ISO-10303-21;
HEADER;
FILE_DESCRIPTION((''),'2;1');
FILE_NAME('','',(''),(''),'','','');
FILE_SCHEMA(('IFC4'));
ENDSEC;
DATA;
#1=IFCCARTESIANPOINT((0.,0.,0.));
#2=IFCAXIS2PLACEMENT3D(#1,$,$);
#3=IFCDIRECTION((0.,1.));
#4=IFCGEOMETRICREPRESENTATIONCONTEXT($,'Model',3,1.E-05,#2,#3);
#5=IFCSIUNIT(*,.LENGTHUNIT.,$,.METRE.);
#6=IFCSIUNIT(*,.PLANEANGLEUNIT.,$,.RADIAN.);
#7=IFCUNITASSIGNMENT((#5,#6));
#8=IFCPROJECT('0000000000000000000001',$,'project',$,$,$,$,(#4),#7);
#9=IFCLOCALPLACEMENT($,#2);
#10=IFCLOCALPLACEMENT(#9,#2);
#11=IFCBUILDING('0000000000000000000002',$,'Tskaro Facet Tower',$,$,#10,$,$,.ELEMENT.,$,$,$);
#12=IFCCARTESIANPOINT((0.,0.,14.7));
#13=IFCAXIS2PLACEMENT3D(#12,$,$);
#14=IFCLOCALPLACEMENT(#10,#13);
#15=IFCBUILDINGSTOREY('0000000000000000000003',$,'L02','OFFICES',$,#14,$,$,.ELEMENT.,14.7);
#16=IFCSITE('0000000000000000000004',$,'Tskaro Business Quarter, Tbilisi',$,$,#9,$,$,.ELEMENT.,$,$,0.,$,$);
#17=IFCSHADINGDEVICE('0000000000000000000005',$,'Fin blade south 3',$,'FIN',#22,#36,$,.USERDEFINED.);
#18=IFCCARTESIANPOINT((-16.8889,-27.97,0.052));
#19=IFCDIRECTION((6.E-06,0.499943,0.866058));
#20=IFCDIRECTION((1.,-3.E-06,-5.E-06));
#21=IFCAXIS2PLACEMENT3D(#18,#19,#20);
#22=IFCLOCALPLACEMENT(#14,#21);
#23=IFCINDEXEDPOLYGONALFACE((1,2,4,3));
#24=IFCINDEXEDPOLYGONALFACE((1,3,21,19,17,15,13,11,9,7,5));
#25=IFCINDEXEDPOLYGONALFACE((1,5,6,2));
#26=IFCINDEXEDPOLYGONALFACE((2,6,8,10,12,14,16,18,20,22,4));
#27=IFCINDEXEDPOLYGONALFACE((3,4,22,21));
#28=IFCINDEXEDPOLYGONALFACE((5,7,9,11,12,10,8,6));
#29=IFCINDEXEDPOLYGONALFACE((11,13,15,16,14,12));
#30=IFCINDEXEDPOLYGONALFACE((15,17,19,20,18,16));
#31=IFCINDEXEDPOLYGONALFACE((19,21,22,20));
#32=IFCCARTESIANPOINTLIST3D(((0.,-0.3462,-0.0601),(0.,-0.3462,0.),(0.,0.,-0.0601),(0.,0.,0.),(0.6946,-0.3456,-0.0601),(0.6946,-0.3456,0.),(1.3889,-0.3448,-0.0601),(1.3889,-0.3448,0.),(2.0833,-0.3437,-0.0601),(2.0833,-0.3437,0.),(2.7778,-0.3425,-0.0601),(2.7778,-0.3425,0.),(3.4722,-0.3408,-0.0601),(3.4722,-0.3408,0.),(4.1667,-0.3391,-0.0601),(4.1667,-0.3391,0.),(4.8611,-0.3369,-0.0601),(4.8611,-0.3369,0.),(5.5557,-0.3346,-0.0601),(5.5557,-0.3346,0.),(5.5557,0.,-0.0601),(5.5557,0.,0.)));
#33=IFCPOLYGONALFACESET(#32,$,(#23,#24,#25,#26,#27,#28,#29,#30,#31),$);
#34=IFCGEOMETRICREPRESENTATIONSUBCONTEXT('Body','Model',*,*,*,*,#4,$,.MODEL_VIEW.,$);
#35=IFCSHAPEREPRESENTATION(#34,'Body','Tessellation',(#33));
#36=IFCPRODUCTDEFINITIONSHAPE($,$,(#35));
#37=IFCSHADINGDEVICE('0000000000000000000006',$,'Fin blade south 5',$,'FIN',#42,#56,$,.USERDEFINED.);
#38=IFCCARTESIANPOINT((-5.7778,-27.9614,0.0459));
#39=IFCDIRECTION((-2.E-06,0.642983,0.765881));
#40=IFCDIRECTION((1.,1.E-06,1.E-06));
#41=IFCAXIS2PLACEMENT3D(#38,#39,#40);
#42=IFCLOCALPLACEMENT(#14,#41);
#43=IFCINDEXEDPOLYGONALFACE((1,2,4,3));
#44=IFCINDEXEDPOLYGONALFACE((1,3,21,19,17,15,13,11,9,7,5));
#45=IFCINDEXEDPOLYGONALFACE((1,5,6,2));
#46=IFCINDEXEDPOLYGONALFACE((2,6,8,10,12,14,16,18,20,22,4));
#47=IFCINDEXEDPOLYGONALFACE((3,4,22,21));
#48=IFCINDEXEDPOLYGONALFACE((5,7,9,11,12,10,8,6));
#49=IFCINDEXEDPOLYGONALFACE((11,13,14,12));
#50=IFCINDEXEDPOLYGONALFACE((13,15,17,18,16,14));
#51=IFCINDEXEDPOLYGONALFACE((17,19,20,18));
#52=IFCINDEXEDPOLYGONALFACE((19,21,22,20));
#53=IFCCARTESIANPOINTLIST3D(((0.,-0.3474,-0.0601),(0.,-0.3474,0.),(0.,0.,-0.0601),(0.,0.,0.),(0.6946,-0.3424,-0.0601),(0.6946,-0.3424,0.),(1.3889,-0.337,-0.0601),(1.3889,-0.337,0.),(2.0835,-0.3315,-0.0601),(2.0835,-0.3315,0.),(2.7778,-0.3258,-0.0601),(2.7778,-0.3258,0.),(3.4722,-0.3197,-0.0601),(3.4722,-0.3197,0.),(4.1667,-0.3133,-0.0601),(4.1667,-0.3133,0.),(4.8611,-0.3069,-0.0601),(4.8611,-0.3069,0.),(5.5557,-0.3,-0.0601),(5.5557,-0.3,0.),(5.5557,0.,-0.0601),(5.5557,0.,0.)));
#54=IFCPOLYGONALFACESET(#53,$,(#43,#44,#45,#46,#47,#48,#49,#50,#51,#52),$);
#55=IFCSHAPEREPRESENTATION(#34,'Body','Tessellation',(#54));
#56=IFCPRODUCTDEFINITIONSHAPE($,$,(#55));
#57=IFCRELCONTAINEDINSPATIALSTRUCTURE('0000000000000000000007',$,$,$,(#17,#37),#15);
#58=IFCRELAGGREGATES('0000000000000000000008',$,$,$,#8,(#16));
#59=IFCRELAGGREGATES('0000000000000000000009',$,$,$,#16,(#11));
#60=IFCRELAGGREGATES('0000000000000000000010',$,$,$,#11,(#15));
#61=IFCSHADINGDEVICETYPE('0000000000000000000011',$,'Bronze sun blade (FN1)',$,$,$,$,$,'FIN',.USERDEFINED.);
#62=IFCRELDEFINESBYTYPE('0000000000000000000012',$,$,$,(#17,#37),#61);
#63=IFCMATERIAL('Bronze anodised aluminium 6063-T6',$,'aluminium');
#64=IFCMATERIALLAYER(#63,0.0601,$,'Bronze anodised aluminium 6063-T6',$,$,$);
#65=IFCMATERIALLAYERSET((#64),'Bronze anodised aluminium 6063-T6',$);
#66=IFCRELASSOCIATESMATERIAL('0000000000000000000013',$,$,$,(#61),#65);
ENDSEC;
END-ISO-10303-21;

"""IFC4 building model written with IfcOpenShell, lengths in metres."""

from ifc_helpers import new_model, si_unit, direction, frame, origin, place, context, subcontext, project, spatial, polyline, outline, extrude, material, layer, layer_set, type_object, element, save


model = new_model("IFC4")

# Units and contexts
model_context = context("Model", 3, precision=1e-05, world=origin(), true_north=direction((0.0, 1.0)))
body_context = subcontext(model_context, "Body", "Model", "MODEL_VIEW")
ifc_project = project(units=[si_unit("LENGTHUNIT", "METRE"), si_unit("PLANEANGLEUNIT", "RADIAN")], contexts=[model_context])

# Site, building, storey
site_placement = place(None, origin())
site = spatial("IfcSite", under=ifc_project, at=site_placement, Name="Tskaro Business Quarter, Tbilisi", CompositionType="ELEMENT", RefElevation=0.0)
building_placement = place(site_placement, origin())
building = spatial("IfcBuilding", under=site, at=building_placement, Name="Tskaro Facet Tower", CompositionType="ELEMENT")
storey_placement = place(building_placement, frame((0.0, 0.0, 14.7)))
storey = spatial("IfcBuildingStorey", under=building, at=storey_placement, Name="L02", Description="OFFICES", CompositionType="ELEMENT", Elevation=14.7)

# Shared definitions
ifc_material_1 = material(Name="Bronze anodised aluminium 6063-T6", Category="aluminium")

# Shading devices
ifc_layer_1 = layer(ifc_material_1, 0.0601, Name="Bronze anodised aluminium 6063-T6")
ifc_layer_set_1 = layer_set([ifc_layer_1], Name="Bronze anodised aluminium 6063-T6")
shading_device_type = type_object("IfcShadingDeviceType", Name="Bronze sun blade (FN1)", ElementType="FIN", PredefinedType="USERDEFINED", material=ifc_layer_set_1)
shading_device_1_placement = place(storey_placement, frame((-16.8889, -27.97, 0.052), z_axis=(0.000006, 0.499943, 0.866058), x_axis=(1.0, -0.000003, -0.000005)))
element("IfcShadingDevice", 1, at=shading_device_1_placement, inside=storey, type_object=shading_device_type, Name="Fin blade south 3", ObjectType="FIN", PredefinedType="USERDEFINED", context=body_context, shape_type="SweptSolid", body=[
    extrude(outline(polyline([(0.0, 0.0), (5.5557, 0.0), (5.5557, -0.3346), (4.8611, -0.3369), (4.1667, -0.3391), (3.4722, -0.3408), (2.7778, -0.3425), (2.0833, -0.3437), (1.3889, -0.3448), (0.6946, -0.3456), (0.0, -0.3462), (0.0, 0.0)])), origin(), (0.0, 0.0, -1.0), 0.0601),
])
shading_device_2_placement = place(storey_placement, frame((-5.7778, -27.9614, 0.0459), z_axis=(-0.000002, 0.642983, 0.765881), x_axis=(1.0, 0.000001, 0.000001)))
element("IfcShadingDevice", 2, at=shading_device_2_placement, inside=storey, type_object=shading_device_type, Name="Fin blade south 5", ObjectType="FIN", PredefinedType="USERDEFINED", context=body_context, shape_type="SweptSolid", body=[
    extrude(outline(polyline([(0.0, 0.0), (5.5557, 0.0), (5.5557, -0.3), (4.8611, -0.3069), (4.1667, -0.3133), (3.4722, -0.3197), (2.7778, -0.3258), (2.0835, -0.3315), (1.3889, -0.337), (0.6946, -0.3424), (0.0, -0.3474), (0.0, 0.0)])), origin(), (0.0, 0.0, -1.0), 0.0601),
])

save(model, "model.ifc")
